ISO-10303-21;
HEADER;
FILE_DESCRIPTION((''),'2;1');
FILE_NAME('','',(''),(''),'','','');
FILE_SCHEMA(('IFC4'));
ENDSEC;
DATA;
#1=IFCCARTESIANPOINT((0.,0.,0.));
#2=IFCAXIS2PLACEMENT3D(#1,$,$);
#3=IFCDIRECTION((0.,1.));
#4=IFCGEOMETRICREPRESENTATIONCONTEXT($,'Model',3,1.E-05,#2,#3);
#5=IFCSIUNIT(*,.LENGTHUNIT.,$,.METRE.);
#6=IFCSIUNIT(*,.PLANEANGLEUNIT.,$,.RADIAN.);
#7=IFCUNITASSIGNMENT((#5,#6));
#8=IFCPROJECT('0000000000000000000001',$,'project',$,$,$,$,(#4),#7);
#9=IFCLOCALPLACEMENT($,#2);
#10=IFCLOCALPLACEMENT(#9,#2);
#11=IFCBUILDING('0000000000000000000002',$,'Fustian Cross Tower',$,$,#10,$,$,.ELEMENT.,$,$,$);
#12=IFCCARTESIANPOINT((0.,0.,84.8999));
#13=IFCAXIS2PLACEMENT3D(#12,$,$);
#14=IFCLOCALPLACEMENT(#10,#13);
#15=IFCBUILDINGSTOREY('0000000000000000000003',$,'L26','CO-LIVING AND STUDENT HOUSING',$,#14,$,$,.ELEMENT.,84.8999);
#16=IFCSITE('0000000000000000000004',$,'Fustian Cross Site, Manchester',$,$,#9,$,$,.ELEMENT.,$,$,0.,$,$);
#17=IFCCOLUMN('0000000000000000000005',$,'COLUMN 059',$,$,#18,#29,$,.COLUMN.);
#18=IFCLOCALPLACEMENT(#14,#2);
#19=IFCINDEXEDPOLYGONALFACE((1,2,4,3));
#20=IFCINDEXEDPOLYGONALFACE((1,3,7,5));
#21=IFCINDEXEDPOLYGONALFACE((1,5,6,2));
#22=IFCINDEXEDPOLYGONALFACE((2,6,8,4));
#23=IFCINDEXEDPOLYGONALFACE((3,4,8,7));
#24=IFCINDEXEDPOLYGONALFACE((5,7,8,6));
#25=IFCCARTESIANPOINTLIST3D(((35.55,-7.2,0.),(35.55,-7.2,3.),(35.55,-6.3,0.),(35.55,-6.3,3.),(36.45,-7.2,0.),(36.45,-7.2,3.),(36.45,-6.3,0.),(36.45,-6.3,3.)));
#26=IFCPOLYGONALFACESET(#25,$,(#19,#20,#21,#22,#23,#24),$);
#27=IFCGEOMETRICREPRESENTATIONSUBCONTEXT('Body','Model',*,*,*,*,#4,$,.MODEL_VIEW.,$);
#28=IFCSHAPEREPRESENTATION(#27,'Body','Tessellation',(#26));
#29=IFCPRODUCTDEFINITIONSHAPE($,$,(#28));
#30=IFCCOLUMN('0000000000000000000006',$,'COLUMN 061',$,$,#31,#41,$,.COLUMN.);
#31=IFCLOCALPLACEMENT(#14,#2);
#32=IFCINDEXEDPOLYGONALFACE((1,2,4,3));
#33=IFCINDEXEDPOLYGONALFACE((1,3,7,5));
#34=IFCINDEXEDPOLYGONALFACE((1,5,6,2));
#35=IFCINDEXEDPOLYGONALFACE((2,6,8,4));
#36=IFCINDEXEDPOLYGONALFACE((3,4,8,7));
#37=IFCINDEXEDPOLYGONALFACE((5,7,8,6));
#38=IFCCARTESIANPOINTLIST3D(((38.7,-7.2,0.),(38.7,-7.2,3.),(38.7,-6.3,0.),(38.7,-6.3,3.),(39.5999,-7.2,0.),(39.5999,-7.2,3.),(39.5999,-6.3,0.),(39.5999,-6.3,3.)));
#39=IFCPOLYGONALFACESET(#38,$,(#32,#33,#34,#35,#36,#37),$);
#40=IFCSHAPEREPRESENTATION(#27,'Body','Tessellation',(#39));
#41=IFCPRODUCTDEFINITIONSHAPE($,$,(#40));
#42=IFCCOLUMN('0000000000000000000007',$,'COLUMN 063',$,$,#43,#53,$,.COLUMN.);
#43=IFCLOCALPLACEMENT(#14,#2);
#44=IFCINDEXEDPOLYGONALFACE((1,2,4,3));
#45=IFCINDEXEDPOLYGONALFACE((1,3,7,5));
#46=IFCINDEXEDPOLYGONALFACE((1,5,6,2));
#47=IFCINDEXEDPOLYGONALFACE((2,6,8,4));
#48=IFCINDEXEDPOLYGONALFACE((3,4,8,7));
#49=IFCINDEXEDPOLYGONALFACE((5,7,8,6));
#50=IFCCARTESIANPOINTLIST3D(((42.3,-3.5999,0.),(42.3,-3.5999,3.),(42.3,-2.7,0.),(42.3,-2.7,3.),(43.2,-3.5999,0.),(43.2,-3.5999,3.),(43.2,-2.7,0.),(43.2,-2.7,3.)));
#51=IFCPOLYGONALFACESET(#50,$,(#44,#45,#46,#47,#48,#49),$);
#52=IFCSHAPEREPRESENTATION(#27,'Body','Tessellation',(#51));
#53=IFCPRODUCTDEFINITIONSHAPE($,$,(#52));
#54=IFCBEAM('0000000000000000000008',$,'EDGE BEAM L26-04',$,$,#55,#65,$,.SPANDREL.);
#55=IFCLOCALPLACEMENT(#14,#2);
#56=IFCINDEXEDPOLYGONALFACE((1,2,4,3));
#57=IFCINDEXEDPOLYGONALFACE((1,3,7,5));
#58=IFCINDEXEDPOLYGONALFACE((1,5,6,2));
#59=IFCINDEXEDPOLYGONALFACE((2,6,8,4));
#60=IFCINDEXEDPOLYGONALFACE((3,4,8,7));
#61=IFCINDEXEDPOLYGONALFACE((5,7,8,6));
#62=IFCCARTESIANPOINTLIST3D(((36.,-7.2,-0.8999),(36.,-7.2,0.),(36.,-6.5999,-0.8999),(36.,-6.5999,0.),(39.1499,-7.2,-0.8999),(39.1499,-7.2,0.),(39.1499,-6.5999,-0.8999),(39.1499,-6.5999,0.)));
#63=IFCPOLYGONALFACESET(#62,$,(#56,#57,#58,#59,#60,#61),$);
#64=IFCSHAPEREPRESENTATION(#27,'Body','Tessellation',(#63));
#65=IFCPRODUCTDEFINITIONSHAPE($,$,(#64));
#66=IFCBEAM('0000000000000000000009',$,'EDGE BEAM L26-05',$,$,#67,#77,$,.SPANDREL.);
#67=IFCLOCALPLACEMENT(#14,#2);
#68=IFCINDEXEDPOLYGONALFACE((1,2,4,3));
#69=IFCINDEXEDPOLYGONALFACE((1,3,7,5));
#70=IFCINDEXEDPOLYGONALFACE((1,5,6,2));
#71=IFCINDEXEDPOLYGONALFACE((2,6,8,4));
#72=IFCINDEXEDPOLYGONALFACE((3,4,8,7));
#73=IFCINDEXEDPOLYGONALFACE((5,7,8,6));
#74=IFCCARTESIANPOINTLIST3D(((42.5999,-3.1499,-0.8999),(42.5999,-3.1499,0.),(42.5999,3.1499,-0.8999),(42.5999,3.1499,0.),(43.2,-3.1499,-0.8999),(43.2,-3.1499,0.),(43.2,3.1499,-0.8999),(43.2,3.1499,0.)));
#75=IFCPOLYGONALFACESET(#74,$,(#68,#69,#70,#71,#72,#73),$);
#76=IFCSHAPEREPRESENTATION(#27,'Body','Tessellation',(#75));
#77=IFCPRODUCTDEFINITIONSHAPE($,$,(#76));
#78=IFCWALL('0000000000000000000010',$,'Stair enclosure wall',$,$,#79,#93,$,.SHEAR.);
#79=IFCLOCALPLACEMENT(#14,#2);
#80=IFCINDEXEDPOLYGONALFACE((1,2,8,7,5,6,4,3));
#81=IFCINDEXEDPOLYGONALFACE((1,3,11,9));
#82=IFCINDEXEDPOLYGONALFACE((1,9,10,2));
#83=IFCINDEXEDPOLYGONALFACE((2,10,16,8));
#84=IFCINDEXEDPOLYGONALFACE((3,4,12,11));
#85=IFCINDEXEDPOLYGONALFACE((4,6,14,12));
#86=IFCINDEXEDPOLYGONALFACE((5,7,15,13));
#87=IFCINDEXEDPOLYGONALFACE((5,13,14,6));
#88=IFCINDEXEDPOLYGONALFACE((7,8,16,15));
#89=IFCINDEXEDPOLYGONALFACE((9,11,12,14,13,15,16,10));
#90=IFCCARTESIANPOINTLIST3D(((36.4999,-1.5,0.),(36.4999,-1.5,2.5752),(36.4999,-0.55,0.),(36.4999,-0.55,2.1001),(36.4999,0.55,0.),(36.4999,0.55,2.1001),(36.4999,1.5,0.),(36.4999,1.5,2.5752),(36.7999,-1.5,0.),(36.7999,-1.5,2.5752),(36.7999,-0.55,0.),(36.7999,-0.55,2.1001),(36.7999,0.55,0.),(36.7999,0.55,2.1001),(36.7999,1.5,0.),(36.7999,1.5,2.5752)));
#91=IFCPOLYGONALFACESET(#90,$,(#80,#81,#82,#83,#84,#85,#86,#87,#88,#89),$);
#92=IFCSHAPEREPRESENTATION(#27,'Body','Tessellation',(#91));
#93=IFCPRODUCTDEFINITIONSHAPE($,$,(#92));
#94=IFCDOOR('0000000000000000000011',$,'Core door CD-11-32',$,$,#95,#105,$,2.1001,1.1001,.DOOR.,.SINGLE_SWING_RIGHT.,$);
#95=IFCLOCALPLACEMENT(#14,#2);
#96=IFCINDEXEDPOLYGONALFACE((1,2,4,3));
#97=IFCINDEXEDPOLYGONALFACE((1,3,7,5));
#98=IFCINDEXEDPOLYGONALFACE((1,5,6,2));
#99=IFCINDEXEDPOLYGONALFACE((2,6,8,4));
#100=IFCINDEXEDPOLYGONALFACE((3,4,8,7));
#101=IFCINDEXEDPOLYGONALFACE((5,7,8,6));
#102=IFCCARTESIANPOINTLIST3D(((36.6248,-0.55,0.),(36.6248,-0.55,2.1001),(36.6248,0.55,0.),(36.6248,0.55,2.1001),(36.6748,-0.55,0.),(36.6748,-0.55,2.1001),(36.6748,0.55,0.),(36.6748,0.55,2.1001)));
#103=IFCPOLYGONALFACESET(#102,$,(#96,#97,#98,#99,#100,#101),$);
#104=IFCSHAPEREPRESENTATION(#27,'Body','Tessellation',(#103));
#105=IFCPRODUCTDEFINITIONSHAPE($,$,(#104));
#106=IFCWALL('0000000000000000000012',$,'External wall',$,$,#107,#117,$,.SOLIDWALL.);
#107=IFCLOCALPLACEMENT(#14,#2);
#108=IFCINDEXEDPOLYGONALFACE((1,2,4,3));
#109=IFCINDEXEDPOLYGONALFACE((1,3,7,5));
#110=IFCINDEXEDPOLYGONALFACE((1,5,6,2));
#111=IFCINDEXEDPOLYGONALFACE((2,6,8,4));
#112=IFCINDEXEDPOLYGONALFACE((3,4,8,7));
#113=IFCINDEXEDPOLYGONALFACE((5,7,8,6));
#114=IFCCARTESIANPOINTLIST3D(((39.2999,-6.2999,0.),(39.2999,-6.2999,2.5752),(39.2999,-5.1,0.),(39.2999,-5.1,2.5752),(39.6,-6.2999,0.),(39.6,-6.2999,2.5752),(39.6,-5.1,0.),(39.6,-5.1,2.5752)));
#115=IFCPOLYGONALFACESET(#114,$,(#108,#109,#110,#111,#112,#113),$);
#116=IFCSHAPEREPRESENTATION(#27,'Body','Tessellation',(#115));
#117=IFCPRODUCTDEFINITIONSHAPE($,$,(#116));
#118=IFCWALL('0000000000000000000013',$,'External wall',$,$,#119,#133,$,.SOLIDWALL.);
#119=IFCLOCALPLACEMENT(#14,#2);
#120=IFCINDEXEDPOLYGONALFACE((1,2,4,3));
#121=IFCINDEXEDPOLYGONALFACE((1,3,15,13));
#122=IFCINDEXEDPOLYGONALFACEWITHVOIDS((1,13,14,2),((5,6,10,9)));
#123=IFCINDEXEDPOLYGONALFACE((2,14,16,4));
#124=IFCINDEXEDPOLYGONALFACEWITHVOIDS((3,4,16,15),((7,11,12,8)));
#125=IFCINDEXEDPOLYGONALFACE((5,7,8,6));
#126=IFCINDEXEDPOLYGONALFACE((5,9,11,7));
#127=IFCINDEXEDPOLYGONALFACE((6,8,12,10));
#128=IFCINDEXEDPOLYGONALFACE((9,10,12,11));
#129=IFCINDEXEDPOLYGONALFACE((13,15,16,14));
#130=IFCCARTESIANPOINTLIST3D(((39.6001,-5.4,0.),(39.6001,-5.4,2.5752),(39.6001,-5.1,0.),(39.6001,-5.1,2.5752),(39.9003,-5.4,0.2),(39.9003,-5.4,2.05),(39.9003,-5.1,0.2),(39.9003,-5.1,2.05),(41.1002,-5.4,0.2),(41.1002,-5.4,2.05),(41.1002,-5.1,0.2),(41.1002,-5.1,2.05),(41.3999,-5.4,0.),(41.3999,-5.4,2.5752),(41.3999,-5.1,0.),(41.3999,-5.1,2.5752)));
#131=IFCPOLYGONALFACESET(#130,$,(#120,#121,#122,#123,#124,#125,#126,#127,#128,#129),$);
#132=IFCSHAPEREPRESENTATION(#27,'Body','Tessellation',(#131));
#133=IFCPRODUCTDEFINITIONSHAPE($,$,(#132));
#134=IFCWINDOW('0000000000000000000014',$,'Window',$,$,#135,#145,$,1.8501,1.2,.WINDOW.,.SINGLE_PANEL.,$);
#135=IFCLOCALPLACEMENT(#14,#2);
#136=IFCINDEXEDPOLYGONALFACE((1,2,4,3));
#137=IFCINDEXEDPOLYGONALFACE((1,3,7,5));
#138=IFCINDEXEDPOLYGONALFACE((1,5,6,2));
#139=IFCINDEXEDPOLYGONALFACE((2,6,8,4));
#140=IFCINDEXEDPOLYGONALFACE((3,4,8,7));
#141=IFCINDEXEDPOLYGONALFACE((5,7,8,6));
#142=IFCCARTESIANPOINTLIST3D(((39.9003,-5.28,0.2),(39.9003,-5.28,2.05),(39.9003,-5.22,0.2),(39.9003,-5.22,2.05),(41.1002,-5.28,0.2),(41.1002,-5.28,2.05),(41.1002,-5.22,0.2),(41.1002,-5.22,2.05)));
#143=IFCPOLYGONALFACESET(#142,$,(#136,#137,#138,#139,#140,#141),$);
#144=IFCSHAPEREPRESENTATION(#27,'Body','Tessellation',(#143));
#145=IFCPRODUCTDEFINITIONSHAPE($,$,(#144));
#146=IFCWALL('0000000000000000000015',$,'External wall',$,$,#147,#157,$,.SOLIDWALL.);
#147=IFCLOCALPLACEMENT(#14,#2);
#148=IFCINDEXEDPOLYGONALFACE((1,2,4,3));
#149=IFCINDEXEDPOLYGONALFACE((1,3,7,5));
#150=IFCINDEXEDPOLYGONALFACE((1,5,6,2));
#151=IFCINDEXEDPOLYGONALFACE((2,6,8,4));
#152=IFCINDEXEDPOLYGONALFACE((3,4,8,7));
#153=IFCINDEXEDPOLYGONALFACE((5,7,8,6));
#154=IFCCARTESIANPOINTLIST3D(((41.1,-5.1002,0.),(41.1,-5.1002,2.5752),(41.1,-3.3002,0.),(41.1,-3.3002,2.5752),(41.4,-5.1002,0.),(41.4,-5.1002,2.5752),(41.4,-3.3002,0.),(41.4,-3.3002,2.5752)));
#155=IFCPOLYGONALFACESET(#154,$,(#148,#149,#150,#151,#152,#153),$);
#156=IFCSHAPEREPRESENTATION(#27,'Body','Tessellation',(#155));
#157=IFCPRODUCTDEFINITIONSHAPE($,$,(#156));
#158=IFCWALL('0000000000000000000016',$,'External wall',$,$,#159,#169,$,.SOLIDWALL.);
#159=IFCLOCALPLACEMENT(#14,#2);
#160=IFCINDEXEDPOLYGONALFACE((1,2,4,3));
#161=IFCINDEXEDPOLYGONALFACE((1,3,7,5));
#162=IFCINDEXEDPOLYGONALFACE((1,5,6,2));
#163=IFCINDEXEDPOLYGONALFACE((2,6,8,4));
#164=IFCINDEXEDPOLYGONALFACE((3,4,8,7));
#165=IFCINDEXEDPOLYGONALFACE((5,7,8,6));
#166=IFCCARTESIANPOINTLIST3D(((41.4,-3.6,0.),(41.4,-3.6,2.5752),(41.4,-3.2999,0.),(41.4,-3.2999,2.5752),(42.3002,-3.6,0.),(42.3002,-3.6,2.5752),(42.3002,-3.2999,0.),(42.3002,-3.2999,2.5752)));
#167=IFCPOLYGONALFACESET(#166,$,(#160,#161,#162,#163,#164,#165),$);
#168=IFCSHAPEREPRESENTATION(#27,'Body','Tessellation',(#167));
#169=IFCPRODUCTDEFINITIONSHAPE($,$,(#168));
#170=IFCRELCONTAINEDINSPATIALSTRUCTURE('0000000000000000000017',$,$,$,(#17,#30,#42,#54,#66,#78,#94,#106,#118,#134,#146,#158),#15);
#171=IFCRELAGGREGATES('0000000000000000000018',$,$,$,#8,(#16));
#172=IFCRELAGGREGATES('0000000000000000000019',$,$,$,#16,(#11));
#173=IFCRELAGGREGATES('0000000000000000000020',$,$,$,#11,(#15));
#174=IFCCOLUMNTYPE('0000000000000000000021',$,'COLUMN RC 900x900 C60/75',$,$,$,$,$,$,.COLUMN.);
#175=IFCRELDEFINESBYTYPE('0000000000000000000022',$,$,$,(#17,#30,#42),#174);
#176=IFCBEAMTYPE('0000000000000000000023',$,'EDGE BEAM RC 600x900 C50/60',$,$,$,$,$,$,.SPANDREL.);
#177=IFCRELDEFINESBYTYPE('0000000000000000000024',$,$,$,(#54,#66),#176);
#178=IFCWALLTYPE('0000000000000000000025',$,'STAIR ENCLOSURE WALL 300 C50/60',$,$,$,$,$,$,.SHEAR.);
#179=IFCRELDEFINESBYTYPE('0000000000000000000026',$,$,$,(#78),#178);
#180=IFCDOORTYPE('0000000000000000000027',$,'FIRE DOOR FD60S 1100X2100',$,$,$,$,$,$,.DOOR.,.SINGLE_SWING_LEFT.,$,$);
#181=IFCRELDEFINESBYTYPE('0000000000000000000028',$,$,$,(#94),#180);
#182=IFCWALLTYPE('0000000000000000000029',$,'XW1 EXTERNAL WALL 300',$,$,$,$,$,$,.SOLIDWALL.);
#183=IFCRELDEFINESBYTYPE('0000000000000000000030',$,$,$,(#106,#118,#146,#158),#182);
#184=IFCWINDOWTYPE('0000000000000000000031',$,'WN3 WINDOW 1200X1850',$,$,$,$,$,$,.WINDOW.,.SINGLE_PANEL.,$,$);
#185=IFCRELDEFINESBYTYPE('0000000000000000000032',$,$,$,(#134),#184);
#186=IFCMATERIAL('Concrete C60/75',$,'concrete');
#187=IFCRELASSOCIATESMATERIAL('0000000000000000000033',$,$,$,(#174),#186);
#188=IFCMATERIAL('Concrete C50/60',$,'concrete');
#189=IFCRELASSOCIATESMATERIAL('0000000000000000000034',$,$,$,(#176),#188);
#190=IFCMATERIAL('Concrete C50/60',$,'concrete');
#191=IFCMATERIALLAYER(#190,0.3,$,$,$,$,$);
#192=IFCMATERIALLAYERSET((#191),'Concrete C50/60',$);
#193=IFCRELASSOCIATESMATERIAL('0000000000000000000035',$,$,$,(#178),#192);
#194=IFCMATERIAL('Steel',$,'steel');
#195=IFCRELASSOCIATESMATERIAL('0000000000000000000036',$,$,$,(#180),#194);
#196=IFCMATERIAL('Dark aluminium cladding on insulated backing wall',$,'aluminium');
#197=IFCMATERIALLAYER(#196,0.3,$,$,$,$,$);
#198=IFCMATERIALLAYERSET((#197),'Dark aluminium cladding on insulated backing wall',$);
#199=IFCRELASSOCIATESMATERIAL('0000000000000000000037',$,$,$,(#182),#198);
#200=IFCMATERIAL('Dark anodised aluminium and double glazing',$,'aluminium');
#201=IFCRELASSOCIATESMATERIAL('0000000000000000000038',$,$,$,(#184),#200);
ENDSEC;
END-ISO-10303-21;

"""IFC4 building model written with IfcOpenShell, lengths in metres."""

from ifc_helpers import new_model, si_unit, direction, frame, frame_2d, origin, origin_2d, place, context, subcontext, project, spatial, rectangle, extrude, material, layer, layer_set, material_profile, profile_set, type_object, element, fill, save


model = new_model("IFC4")

# Units and contexts
model_context = context("Model", 3, precision=1e-05, world=origin(), true_north=direction((0.0, 1.0)))
body_context = subcontext(model_context, "Body", "Model", "MODEL_VIEW")
ifc_project = project(units=[si_unit("LENGTHUNIT", "METRE"), si_unit("PLANEANGLEUNIT", "RADIAN")], contexts=[model_context])

# Site, building, storey
site_placement = place(None, origin())
site = spatial("IfcSite", under=ifc_project, at=site_placement, Name="Fustian Cross Site, Manchester", CompositionType="ELEMENT", RefElevation=0.0)
building_placement = place(site_placement, origin())
building = spatial("IfcBuilding", under=site, at=building_placement, Name="Fustian Cross Tower", CompositionType="ELEMENT")
storey_placement = place(building_placement, frame((0.0, 0.0, 84.8999)))
storey = spatial("IfcBuildingStorey", under=building, at=storey_placement, Name="L26", Description="CO-LIVING AND STUDENT HOUSING", CompositionType="ELEMENT", Elevation=84.8999)

# Columns
ifc_material_1 = material(Name="Concrete C60/75", Category="concrete")
ifc_material_profile_1 = material_profile(ifc_material_1, rectangle(XDim=0.8999, YDim=0.8999, at=origin_2d()), Name="RC 900x900")
ifc_profile_set_1 = profile_set([ifc_material_profile_1], Name="Concrete C60/75")
column_type = type_object("IfcColumnType", Name="COLUMN RC 900x900 C60/75", PredefinedType="COLUMN", material=ifc_profile_set_1)
for number, where, z_axis, x_axis, name in (
    (1, (36.0, -6.75, 0.0), (0.0, 0.0, 1.0), (1.0, 0.0, 0.0), "COLUMN 059"),
    (2, (39.1499, -6.75, 0.0), (0.0, 0.0, 1.0), (1.0, 0.0, 0.0), "COLUMN 061"),
    (3, (42.75, -3.1499, 0.0), (0.0, 0.0, 1.0), (1.0, 0.0, 0.0), "COLUMN 063"),
):
    element("IfcColumn", number, at=place(storey_placement, frame(where, z_axis=z_axis, x_axis=x_axis)), inside=storey, type_object=column_type, Name=name, PredefinedType="COLUMN", context=body_context, shape_type="SweptSolid", body=[
        extrude(rectangle(XDim=0.8999, YDim=0.8999, at=origin_2d()), origin(), (0.0, 0.0, 1.0), 3.0),
    ])

# Beams
ifc_material_2 = material(Name="Concrete C50/60", Category="concrete")
ifc_material_profile_2 = material_profile(ifc_material_2, rectangle(XDim=0.6001, YDim=0.8999, at=origin_2d()), Name="RC 600x900")
ifc_profile_set_2 = profile_set([ifc_material_profile_2], Name="Concrete C50/60")
beam_type = type_object("IfcBeamType", Name="EDGE BEAM RC 600x900 C50/60", PredefinedType="SPANDREL", material=ifc_profile_set_2)
beam_1_placement = place(storey_placement, frame((36.0, -6.8999, -0.45), z_axis=(1.0, 0.0, 0.0), x_axis=(0.0, 1.0, 0.0)))
element("IfcBeam", 4, at=beam_1_placement, inside=storey, type_object=beam_type, Name="EDGE BEAM L26-04", PredefinedType="SPANDREL", context=body_context, shape_type="SweptSolid", body=[
    extrude(rectangle(XDim=0.6001, YDim=0.8999, at=origin_2d()), origin(), (0.0, 0.0, 1.0), 3.1499),
])
beam_2_placement = place(storey_placement, frame((42.8999, -3.1499, -0.45), z_axis=(0.0, 1.0, 0.0), x_axis=(-1.0, 0.0, 0.0)))
element("IfcBeam", 5, at=beam_2_placement, inside=storey, type_object=beam_type, Name="EDGE BEAM L26-05", PredefinedType="SPANDREL", context=body_context, shape_type="SweptSolid", body=[
    extrude(rectangle(XDim=0.6001, YDim=0.8999, at=origin_2d()), origin(), (0.0, 0.0, 1.0), 6.2998),
])

# Wall, opening, door
ifc_material_3 = material(Name="Concrete C50/60", Category="concrete")
ifc_layer_1 = layer(ifc_material_3, 0.3)
ifc_layer_set_1 = layer_set([ifc_layer_1], Name="Concrete C50/60")
wall_type_1 = type_object("IfcWallType", Name="STAIR ENCLOSURE WALL 300 C50/60", PredefinedType="SHEAR", material=ifc_layer_set_1)
wall_1_placement = place(storey_placement, frame((36.6499, -1.5, 0.0), z_axis=(0.0, 0.0, 1.0), x_axis=(0.0, 1.0, 0.0)))
wall_1 = element("IfcWall", 6, at=wall_1_placement, inside=storey, type_object=wall_type_1, Name="Stair enclosure wall", PredefinedType="SHEAR", context=body_context, shape_type="SweptSolid", body=[
    extrude(rectangle(XDim=3.0, YDim=0.3, at=frame_2d((1.5, 0.0))), origin(), (0.0, 0.0, 1.0), 2.5752),
])
opening_1_placement = place(wall_1_placement, frame((0.95, 0.0, 0.0)))
opening_1 = element("IfcOpeningElement", 7, at=opening_1_placement, cuts=wall_1, PredefinedType="OPENING", context=body_context, shape_type="SweptSolid", body=[
    extrude(rectangle(XDim=1.1001, YDim=2.1001, at=frame_2d((0.55, 1.05))), frame((0.0, 0.1599, 0.0), z_axis=(0.0, -1.0, 0.0), x_axis=(1.0, 0.0, 0.0)), (0.0, 0.0, 1.0), 0.3201),
])
ifc_material_4 = material(Name="Steel", Category="steel")
door_type = type_object("IfcDoorType", Name="FIRE DOOR FD60S 1100X2100", OperationType="SINGLE_SWING_LEFT", PredefinedType="DOOR", material=ifc_material_4)
door_placement = place(opening_1_placement, frame((1.1001, 0.0, 0.0), z_axis=(0.0, 0.0, 1.0), x_axis=(-1.0, 0.0, 0.0)))
door = element("IfcDoor", 8, at=door_placement, inside=storey, type_object=door_type, Name="Core door CD-11-32", OperationType="SINGLE_SWING_RIGHT", OverallHeight=2.1001, OverallWidth=1.1001, PredefinedType="DOOR", context=body_context, shape_type="SweptSolid", body=[
    extrude(rectangle(XDim=1.1001, YDim=2.1001, at=frame_2d((0.55, 1.05))), frame((0.0, 0.0249, 0.0), z_axis=(0.0, -1.0, 0.0), x_axis=(1.0, 0.0, 0.0)), (0.0, 0.0, 1.0), 0.05),
])
fill(opening_1, door)

# Wall
ifc_material_5 = material(Name="Dark aluminium cladding on insulated backing wall", Category="aluminium")
ifc_layer_2 = layer(ifc_material_5, 0.3)
ifc_layer_set_2 = layer_set([ifc_layer_2], Name="Dark aluminium cladding on insulated backing wall")
wall_type_2 = type_object("IfcWallType", Name="XW1 EXTERNAL WALL 300", PredefinedType="SOLIDWALL", material=ifc_layer_set_2)
wall_2_placement = place(storey_placement, frame((39.45, -6.3, 0.0), z_axis=(0.0, 0.0, 1.0), x_axis=(0.0, 1.0, 0.0)))
element("IfcWall", 9, at=wall_2_placement, inside=storey, type_object=wall_type_2, Name="External wall", PredefinedType="SOLIDWALL", context=body_context, shape_type="SweptSolid", body=[
    extrude(rectangle(XDim=1.2, YDim=0.3, at=frame_2d((0.6001, 0.0))), origin(), (0.0, 0.0, 1.0), 2.5752),
])

# Wall, opening, window
wall_3_placement = place(storey_placement, frame((39.6001, -5.25, 0.0), z_axis=(0.0, 0.0, 1.0), x_axis=(1.0, 0.0, 0.0)))
wall_3 = element("IfcWall", 10, at=wall_3_placement, inside=storey, type_object=wall_type_2, Name="External wall", PredefinedType="SOLIDWALL", context=body_context, shape_type="SweptSolid", body=[
    extrude(rectangle(XDim=1.7998, YDim=0.3, at=frame_2d((0.8999, 0.0))), origin(), (0.0, 0.0, 1.0), 2.5752),
])
opening_2_placement = place(wall_3_placement, frame((0.3, 0.0, 0.2)))
opening_2 = element("IfcOpeningElement", 11, at=opening_2_placement, cuts=wall_3, PredefinedType="OPENING", context=body_context, shape_type="SweptSolid", body=[
    extrude(rectangle(XDim=1.2, YDim=1.8501, at=frame_2d((0.6001, 0.925))), frame((0.0, 0.1599, 0.0), z_axis=(0.0, -1.0, 0.0), x_axis=(1.0, 0.0, 0.0)), (0.0, 0.0, 1.0), 0.3201),
])
ifc_material_6 = material(Name="Dark anodised aluminium and double glazing", Category="aluminium")
window_type_1 = type_object("IfcWindowType", Name="WN3 WINDOW 1200X1850", PartitioningType="SINGLE_PANEL", PredefinedType="WINDOW", material=ifc_material_6)
window_1_placement = place(opening_2_placement, origin())
window_1 = element("IfcWindow", 12, at=window_1_placement, inside=storey, type_object=window_type_1, Name="Window", OverallHeight=1.8501, OverallWidth=1.2, PartitioningType="SINGLE_PANEL", PredefinedType="WINDOW", context=body_context, shape_type="SweptSolid", body=[
    extrude(rectangle(XDim=1.2, YDim=1.8501, at=frame_2d((0.6001, 0.925))), frame((0.0, 0.03, 0.0), z_axis=(0.0, -1.0, 0.0), x_axis=(1.0, 0.0, 0.0)), (0.0, 0.0, 1.0), 0.0601),
])
fill(opening_2, window_1)

# Walls
wall_4_placement = place(storey_placement, frame((41.25, -5.1001, 0.0), z_axis=(0.0, 0.0, 1.0), x_axis=(0.0, 1.0, 0.0)))
element("IfcWall", 13, at=wall_4_placement, inside=storey, type_object=wall_type_2, Name="External wall", PredefinedType="SOLIDWALL", context=body_context, shape_type="SweptSolid", body=[
    extrude(rectangle(XDim=1.8, YDim=0.3, at=frame_2d((0.8999, 0.0))), origin(), (0.0, 0.0, 1.0), 2.5752),
])
wall_5_placement = place(storey_placement, frame((41.3999, -3.45, 0.0), z_axis=(0.0, 0.0, 1.0), x_axis=(1.0, 0.0, 0.0)))
element("IfcWall", 14, at=wall_5_placement, inside=storey, type_object=wall_type_2, Name="External wall", PredefinedType="SOLIDWALL", context=body_context, shape_type="SweptSolid", body=[
    extrude(rectangle(XDim=0.9001, YDim=0.3, at=frame_2d((0.4502, 0.0))), origin(), (0.0, 0.0, 1.0), 2.5752),
])

save(model, "model.ifc")
